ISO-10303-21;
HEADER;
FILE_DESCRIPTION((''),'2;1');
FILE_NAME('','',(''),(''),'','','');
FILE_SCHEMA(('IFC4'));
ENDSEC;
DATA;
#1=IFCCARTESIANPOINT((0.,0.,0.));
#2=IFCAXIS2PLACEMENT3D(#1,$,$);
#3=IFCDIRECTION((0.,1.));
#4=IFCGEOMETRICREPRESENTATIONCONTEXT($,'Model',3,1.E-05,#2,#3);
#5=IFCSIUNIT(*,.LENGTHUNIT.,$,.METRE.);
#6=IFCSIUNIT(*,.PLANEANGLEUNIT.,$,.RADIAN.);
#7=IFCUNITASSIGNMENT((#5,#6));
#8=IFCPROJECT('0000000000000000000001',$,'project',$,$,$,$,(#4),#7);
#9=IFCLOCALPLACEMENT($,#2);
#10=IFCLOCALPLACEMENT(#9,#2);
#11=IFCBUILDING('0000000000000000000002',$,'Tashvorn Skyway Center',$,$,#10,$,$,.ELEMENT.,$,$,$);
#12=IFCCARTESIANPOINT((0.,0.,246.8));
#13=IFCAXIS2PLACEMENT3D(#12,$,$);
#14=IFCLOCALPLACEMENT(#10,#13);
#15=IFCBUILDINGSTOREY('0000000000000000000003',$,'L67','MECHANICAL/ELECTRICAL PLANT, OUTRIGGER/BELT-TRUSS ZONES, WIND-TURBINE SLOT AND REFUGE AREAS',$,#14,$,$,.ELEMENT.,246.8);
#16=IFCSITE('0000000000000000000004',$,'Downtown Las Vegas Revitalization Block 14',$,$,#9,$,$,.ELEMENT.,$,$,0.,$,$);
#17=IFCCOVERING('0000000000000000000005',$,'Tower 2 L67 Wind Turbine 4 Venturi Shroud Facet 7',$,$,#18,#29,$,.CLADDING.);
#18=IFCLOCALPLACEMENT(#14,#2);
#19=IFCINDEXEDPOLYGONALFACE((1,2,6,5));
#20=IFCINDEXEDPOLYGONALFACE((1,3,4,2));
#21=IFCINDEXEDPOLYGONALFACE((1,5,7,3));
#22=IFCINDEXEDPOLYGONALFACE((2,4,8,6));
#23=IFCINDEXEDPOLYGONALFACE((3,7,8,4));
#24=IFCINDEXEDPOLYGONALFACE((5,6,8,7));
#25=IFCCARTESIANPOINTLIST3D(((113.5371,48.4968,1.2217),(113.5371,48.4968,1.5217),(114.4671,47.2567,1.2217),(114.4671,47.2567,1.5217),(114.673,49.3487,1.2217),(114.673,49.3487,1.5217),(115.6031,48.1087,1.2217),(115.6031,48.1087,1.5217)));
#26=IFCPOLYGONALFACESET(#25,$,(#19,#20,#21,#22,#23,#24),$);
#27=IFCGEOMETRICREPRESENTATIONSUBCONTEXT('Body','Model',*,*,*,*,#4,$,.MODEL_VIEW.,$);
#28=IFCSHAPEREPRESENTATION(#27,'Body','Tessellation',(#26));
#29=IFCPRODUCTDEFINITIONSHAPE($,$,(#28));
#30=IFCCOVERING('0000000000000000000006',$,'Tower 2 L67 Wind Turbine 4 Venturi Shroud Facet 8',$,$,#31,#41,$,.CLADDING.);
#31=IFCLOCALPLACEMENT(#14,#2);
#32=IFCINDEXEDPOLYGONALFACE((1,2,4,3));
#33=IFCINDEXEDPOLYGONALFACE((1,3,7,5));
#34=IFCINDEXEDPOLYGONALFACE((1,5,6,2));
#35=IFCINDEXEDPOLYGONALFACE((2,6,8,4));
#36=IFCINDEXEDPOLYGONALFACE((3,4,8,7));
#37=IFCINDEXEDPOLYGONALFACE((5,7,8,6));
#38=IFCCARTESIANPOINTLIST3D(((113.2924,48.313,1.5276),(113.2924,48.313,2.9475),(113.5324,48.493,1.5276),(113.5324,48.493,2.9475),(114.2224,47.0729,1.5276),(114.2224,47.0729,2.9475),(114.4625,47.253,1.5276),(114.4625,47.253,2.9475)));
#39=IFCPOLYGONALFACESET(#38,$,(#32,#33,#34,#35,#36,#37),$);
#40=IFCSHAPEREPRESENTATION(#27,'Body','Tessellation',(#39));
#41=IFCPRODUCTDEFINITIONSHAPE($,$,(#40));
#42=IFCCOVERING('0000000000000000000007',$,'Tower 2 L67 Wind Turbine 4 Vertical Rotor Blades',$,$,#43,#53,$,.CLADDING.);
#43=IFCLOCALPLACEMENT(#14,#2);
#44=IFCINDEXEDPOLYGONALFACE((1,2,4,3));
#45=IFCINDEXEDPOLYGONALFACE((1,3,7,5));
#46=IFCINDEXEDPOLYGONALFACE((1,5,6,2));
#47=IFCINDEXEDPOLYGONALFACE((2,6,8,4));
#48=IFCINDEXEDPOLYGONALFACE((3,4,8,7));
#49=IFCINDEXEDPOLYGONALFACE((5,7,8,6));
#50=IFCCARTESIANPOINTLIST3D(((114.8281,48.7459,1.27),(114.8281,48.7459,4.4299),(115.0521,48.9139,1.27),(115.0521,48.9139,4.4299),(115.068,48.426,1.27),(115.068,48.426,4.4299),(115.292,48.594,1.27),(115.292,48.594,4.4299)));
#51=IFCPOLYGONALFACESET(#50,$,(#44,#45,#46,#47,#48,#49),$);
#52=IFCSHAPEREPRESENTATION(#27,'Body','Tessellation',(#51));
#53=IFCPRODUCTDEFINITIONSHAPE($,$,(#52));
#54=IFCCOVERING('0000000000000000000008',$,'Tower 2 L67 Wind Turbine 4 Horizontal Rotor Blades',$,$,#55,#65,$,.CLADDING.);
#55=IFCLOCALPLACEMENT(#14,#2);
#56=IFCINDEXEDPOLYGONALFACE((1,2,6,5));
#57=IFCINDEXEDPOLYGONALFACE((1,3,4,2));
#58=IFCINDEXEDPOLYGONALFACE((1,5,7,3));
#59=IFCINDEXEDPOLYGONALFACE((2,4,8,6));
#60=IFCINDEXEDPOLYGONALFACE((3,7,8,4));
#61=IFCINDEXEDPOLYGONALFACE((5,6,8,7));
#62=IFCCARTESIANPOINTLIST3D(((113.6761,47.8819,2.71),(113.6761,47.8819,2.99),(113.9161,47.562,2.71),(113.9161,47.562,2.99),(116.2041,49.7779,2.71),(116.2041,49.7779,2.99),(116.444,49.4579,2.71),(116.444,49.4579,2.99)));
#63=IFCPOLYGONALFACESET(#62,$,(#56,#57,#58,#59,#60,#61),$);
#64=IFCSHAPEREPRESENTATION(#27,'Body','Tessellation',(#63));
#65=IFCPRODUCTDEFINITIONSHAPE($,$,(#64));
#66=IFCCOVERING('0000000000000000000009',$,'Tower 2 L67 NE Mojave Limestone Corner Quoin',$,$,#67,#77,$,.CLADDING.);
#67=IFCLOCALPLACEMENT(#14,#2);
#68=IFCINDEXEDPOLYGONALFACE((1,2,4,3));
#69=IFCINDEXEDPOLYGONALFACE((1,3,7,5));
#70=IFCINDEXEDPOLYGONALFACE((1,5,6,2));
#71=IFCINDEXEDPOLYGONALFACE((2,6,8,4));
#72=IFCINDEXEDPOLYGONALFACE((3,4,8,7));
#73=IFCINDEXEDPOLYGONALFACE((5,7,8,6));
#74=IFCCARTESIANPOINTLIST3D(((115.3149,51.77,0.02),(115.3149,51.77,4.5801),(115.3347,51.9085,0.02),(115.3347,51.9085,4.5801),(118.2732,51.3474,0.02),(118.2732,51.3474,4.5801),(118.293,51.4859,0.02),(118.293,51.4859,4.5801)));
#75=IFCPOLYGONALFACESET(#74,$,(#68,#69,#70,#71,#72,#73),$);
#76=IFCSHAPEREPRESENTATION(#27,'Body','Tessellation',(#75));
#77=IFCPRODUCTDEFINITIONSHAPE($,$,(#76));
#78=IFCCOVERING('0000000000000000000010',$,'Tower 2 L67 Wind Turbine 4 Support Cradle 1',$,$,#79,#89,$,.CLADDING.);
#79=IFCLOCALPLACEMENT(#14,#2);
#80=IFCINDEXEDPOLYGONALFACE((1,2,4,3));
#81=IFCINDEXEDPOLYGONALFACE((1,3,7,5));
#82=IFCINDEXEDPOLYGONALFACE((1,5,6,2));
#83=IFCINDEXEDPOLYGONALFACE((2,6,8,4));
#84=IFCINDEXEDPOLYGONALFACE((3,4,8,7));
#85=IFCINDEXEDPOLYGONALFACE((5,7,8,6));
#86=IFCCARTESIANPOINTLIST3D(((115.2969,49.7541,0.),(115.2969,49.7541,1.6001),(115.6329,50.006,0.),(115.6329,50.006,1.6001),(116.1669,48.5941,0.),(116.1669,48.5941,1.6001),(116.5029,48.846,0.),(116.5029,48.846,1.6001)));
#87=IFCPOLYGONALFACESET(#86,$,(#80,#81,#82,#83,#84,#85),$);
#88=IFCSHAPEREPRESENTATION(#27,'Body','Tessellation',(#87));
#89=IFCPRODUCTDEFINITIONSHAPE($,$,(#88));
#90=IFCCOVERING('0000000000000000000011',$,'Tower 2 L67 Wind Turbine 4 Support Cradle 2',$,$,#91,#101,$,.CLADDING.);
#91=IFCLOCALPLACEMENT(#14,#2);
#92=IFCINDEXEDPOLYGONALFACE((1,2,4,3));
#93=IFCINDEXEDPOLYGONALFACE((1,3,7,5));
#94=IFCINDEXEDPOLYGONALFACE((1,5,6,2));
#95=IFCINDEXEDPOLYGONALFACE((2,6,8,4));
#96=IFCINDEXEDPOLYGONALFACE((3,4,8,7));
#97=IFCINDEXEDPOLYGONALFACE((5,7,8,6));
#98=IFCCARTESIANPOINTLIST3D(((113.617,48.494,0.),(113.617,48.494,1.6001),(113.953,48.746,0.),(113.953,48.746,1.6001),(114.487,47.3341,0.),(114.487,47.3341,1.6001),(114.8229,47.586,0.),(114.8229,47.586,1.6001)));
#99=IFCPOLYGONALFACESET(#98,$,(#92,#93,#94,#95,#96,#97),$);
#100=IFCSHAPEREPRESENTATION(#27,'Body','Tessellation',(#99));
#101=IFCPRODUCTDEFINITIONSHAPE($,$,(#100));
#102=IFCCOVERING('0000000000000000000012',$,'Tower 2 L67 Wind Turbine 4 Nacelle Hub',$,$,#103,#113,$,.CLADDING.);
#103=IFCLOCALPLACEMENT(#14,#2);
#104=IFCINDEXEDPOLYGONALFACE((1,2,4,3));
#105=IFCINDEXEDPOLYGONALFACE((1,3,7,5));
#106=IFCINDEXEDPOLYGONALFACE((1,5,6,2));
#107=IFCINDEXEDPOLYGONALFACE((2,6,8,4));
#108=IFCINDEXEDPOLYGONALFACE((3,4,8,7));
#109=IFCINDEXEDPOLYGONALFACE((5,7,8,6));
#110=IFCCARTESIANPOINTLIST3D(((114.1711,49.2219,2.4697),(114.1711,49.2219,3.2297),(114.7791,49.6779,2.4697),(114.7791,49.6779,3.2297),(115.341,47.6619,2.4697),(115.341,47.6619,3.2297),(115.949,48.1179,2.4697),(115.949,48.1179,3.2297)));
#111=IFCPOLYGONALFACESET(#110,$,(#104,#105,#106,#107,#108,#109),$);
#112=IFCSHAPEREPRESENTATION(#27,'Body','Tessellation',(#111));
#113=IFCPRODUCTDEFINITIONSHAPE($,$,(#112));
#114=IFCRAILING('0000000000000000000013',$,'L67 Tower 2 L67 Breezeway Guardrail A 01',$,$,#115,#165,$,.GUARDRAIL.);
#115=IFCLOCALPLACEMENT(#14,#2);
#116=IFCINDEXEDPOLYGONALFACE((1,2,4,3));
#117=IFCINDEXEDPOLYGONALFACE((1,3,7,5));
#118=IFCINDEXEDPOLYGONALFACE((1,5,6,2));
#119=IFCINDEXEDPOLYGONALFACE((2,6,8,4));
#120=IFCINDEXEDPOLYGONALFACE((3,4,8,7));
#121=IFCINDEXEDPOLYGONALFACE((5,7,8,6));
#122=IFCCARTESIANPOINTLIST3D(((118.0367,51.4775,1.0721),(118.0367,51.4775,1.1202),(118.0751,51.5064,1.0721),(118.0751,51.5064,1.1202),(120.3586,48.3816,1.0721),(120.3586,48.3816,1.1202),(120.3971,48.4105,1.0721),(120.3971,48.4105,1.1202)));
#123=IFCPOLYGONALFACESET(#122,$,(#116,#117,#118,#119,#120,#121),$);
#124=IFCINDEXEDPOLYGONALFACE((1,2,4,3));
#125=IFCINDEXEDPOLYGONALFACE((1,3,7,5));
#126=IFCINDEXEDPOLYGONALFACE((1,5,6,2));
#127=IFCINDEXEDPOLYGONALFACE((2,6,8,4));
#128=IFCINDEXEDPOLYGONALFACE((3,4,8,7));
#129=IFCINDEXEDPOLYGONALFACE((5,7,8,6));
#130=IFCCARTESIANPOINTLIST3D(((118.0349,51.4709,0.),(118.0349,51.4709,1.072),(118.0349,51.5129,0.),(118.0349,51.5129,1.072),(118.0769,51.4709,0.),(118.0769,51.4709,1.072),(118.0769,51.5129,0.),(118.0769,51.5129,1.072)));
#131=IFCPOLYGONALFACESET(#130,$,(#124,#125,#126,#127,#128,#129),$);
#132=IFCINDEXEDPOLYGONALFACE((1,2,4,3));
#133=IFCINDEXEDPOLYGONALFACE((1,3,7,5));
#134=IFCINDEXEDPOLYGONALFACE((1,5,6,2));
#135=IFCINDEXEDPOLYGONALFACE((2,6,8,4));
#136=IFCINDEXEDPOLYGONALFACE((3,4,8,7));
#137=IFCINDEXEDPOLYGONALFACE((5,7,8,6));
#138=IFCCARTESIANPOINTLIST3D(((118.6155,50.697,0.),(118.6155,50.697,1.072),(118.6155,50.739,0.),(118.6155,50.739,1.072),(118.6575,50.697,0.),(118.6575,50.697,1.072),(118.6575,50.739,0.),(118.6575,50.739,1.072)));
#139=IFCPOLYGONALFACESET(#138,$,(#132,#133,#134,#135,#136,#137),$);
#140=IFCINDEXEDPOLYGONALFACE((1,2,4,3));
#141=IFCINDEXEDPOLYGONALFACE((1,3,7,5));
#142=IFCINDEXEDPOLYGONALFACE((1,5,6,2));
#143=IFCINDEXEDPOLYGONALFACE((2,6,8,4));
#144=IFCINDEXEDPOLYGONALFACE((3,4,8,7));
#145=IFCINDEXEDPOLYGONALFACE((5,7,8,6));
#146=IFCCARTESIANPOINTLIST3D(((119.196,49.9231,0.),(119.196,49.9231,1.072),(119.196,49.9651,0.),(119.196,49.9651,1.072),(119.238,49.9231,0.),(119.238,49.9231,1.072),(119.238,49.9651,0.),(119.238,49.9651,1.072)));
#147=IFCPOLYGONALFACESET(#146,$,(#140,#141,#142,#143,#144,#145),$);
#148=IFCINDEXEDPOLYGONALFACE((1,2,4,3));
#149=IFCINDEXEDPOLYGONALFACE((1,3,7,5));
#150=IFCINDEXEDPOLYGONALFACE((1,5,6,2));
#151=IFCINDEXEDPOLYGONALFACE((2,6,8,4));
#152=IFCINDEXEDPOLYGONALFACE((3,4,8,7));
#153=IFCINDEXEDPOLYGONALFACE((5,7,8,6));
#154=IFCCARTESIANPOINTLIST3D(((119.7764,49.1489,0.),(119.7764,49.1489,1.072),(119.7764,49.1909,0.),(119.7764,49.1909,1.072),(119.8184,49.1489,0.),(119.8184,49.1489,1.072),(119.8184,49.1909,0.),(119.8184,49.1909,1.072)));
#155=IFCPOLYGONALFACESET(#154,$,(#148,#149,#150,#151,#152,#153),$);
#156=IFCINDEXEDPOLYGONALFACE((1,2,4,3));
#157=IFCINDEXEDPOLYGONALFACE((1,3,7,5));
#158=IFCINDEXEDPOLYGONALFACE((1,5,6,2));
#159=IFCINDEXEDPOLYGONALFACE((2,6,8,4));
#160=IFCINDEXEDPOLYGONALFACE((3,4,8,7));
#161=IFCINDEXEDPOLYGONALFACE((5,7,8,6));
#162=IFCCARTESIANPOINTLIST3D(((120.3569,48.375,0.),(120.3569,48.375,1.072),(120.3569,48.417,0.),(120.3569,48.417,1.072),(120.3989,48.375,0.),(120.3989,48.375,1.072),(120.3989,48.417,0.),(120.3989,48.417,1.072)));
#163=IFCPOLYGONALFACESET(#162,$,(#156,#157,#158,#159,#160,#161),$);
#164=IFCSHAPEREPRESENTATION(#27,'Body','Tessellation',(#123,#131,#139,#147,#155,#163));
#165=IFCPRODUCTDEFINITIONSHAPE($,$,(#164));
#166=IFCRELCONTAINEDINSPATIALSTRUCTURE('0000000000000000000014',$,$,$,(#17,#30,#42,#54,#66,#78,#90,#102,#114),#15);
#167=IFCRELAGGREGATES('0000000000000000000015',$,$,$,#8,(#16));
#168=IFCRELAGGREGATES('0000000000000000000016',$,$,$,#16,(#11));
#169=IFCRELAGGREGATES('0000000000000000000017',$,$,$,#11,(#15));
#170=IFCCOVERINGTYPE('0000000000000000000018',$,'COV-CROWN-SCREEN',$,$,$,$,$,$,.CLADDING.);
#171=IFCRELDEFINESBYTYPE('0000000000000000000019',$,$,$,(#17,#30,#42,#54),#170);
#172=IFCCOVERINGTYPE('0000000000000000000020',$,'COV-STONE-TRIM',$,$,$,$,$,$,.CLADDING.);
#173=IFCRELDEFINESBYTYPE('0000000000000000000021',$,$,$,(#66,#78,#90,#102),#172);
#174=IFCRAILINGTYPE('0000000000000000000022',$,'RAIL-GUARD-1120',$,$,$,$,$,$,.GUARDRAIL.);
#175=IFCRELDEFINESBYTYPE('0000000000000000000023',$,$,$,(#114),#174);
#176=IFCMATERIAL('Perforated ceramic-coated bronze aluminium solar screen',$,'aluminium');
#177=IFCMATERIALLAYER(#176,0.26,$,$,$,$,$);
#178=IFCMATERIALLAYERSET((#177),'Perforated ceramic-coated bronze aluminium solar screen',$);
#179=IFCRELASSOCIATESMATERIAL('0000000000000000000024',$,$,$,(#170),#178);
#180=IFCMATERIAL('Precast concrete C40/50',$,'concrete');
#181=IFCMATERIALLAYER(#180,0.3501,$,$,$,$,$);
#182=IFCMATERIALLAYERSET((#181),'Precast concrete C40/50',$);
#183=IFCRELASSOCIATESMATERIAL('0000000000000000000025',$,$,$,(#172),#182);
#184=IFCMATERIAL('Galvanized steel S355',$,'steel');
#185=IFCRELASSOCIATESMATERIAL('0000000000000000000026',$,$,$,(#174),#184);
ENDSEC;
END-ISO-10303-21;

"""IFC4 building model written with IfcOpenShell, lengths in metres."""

from ifc_helpers import new_model, si_unit, direction, frame, origin, origin_2d, place, context, subcontext, project, spatial, rectangle, extrude, material, layer, layer_set, type_object, element, save


model = new_model("IFC4")

# Units and contexts
model_context = context("Model", 3, precision=1e-05, world=origin(), true_north=direction((0.0, 1.0)))
body_context = subcontext(model_context, "Body", "Model", "MODEL_VIEW")
ifc_project = project(units=[si_unit("LENGTHUNIT", "METRE"), si_unit("PLANEANGLEUNIT", "RADIAN")], contexts=[model_context])

# Site, building, storey
site_placement = place(None, origin())
site = spatial("IfcSite", under=ifc_project, at=site_placement, Name="Downtown Las Vegas Revitalization Block 14", CompositionType="ELEMENT", RefElevation=0.0)
building_placement = place(site_placement, origin())
building = spatial("IfcBuilding", under=site, at=building_placement, Name="Tashvorn Skyway Center", CompositionType="ELEMENT")
storey_placement = place(building_placement, frame((0.0, 0.0, 246.8)))
storey = spatial("IfcBuildingStorey", under=building, at=storey_placement, Name="L67", Description="MECHANICAL/ELECTRICAL PLANT, OUTRIGGER/BELT-TRUSS ZONES, WIND-TURBINE SLOT AND REFUGE AREAS", CompositionType="ELEMENT", Elevation=246.8)

# Shared definitions
ifc_material_1 = material(Name="Precast concrete C40/50", Category="concrete")

# Coverings
ifc_material_2 = material(Name="Perforated ceramic-coated bronze aluminium solar screen", Category="aluminium")
ifc_layer_1 = layer(ifc_material_2, 0.26)
ifc_layer_set_1 = layer_set([ifc_layer_1], Name="Perforated ceramic-coated bronze aluminium solar screen")
covering_type_1 = type_object("IfcCoveringType", Name="COV-CROWN-SCREEN", PredefinedType="CLADDING", material=ifc_layer_set_1)
for number, where, z_axis, x_axis, name in (
    (1, (114.5701, 48.3027, 1.2217), (0.0, 0.0, 1.0), (-0.8, -0.6, 0.0), "Tower 2 L67 Wind Turbine 4 Venturi Shroud Facet 7"),
):
    element("IfcCovering", number, at=place(storey_placement, frame(where, z_axis=z_axis, x_axis=x_axis)), inside=storey, type_object=covering_type_1, Name=name, PredefinedType="CLADDING", context=body_context, shape_type="SweptSolid", body=[
        extrude(rectangle(XDim=1.4199, YDim=1.55, at=origin_2d()), origin(), (0.0, 0.0, 1.0), 0.3),
    ])
covering_1_placement = place(storey_placement, frame((113.8774, 47.783, 1.5276), z_axis=(0.0, 0.0, 1.0), x_axis=(-0.8, -0.6, 0.0)))
element("IfcCovering", 2, at=covering_1_placement, inside=storey, type_object=covering_type_1, Name="Tower 2 L67 Wind Turbine 4 Venturi Shroud Facet 8", PredefinedType="CLADDING", context=body_context, shape_type="SweptSolid", body=[
    extrude(rectangle(XDim=0.3, YDim=1.55, at=origin_2d()), origin(), (0.0, 0.0, 1.0), 1.4199),
])
covering_2_placement = place(storey_placement, frame((115.0601, 48.6699, 1.27), z_axis=(0.0, 0.0, 1.0), x_axis=(-0.8, -0.6, 0.0)))
element("IfcCovering", 3, at=covering_2_placement, inside=storey, type_object=covering_type_1, Name="Tower 2 L67 Wind Turbine 4 Vertical Rotor Blades", PredefinedType="CLADDING", context=body_context, shape_type="SweptSolid", body=[
    extrude(rectangle(XDim=0.28, YDim=0.3999, at=origin_2d()), origin(), (0.0, 0.0, 1.0), 3.1599),
])
covering_3_placement = place(storey_placement, frame((115.0601, 48.6699, 2.71), z_axis=(0.0, 0.0, 1.0), x_axis=(-0.8, -0.6, 0.0)))
element("IfcCovering", 4, at=covering_3_placement, inside=storey, type_object=covering_type_1, Name="Tower 2 L67 Wind Turbine 4 Horizontal Rotor Blades", PredefinedType="CLADDING", context=body_context, shape_type="SweptSolid", body=[
    extrude(rectangle(XDim=3.1599, YDim=0.3999, at=origin_2d()), origin(), (0.0, 0.0, 1.0), 0.28),
])
ifc_layer_2 = layer(ifc_material_1, 0.3501)
ifc_layer_set_2 = layer_set([ifc_layer_2], Name="Precast concrete C40/50")
covering_type_2 = type_object("IfcCoveringType", Name="COV-STONE-TRIM", PredefinedType="CLADDING", material=ifc_layer_set_2)
covering_4_placement = place(storey_placement, frame((116.804, 51.6279, 0.02), z_axis=(0.0, 0.0, 1.0), x_axis=(0.989949, -0.141421, 0.0)))
element("IfcCovering", 5, at=covering_4_placement, inside=storey, type_object=covering_type_2, Name="Tower 2 L67 NE Mojave Limestone Corner Quoin", PredefinedType="CLADDING", context=body_context, shape_type="SweptSolid", body=[
    extrude(rectangle(XDim=2.9883, YDim=0.1399, at=origin_2d()), origin(), (0.0, 0.0, 1.0), 4.5601),
])
for number, where, z_axis, x_axis, name in (
    (6, (115.8999, 49.3, 0.0), (0.0, 0.0, 1.0), (-0.8, -0.6, 0.0), "Tower 2 L67 Wind Turbine 4 Support Cradle 1"),
    (7, (114.22, 48.04, 0.0), (0.0, 0.0, 1.0), (-0.8, -0.6, 0.0), "Tower 2 L67 Wind Turbine 4 Support Cradle 2"),
):
    element("IfcCovering", number, at=place(storey_placement, frame(where, z_axis=z_axis, x_axis=x_axis)), inside=storey, type_object=covering_type_2, Name=name, PredefinedType="CLADDING", context=body_context, shape_type="SweptSolid", body=[
        extrude(rectangle(XDim=0.4199, YDim=1.45, at=origin_2d()), origin(), (0.0, 0.0, 1.0), 1.6001),
    ])
covering_5_placement = place(storey_placement, frame((115.0601, 48.6699, 2.4697), z_axis=(0.0, 0.0, 1.0), x_axis=(-0.8, -0.6, 0.0)))
element("IfcCovering", 8, at=covering_5_placement, inside=storey, type_object=covering_type_2, Name="Tower 2 L67 Wind Turbine 4 Nacelle Hub", PredefinedType="CLADDING", context=body_context, shape_type="SweptSolid", body=[
    extrude(rectangle(XDim=0.76, YDim=1.95, at=origin_2d()), origin(), (0.0, 0.0, 1.0), 0.76),
])

# Railing
ifc_material_3 = material(Name="Galvanized steel S355", Category="steel")
railing_type = type_object("IfcRailingType", Name="RAIL-GUARD-1120", PredefinedType="GUARDRAIL", material=ifc_material_3)
railing_placement = place(storey_placement, frame((118.0559, 51.4919, 0.0)))
element("IfcRailing", 9, at=railing_placement, inside=storey, type_object=railing_type, Name="L67 Tower 2 L67 Breezeway Guardrail A 01", PredefinedType="GUARDRAIL", context=body_context, shape_type="SweptSolid", body=[
    extrude(rectangle(XDim=0.0481, YDim=0.0481, at=origin_2d()), frame((0.0, 0.0, 1.0962), z_axis=(0.60001, -0.799992, 0.0), x_axis=(0.799992, 0.60001, 0.0)), (0.0, 0.0, 1.0), 3.8699),
    extrude(rectangle(XDim=0.042, YDim=0.042, at=origin_2d()), origin(), (0.0, 0.0, 1.0), 1.072),
    extrude(rectangle(XDim=0.042, YDim=0.042, at=origin_2d()), frame((0.5806, -0.7739, 0.0)), (0.0, 0.0, 1.0), 1.072),
    extrude(rectangle(XDim=0.042, YDim=0.042, at=origin_2d()), frame((1.1611, -1.5479, 0.0)), (0.0, 0.0, 1.0), 1.072),
    extrude(rectangle(XDim=0.042, YDim=0.042, at=origin_2d()), frame((1.7415, -2.322, 0.0)), (0.0, 0.0, 1.0), 1.072),
    extrude(rectangle(XDim=0.042, YDim=0.042, at=origin_2d()), frame((2.322, -3.0959, 0.0)), (0.0, 0.0, 1.0), 1.072),
])

save(model, "model.ifc")
